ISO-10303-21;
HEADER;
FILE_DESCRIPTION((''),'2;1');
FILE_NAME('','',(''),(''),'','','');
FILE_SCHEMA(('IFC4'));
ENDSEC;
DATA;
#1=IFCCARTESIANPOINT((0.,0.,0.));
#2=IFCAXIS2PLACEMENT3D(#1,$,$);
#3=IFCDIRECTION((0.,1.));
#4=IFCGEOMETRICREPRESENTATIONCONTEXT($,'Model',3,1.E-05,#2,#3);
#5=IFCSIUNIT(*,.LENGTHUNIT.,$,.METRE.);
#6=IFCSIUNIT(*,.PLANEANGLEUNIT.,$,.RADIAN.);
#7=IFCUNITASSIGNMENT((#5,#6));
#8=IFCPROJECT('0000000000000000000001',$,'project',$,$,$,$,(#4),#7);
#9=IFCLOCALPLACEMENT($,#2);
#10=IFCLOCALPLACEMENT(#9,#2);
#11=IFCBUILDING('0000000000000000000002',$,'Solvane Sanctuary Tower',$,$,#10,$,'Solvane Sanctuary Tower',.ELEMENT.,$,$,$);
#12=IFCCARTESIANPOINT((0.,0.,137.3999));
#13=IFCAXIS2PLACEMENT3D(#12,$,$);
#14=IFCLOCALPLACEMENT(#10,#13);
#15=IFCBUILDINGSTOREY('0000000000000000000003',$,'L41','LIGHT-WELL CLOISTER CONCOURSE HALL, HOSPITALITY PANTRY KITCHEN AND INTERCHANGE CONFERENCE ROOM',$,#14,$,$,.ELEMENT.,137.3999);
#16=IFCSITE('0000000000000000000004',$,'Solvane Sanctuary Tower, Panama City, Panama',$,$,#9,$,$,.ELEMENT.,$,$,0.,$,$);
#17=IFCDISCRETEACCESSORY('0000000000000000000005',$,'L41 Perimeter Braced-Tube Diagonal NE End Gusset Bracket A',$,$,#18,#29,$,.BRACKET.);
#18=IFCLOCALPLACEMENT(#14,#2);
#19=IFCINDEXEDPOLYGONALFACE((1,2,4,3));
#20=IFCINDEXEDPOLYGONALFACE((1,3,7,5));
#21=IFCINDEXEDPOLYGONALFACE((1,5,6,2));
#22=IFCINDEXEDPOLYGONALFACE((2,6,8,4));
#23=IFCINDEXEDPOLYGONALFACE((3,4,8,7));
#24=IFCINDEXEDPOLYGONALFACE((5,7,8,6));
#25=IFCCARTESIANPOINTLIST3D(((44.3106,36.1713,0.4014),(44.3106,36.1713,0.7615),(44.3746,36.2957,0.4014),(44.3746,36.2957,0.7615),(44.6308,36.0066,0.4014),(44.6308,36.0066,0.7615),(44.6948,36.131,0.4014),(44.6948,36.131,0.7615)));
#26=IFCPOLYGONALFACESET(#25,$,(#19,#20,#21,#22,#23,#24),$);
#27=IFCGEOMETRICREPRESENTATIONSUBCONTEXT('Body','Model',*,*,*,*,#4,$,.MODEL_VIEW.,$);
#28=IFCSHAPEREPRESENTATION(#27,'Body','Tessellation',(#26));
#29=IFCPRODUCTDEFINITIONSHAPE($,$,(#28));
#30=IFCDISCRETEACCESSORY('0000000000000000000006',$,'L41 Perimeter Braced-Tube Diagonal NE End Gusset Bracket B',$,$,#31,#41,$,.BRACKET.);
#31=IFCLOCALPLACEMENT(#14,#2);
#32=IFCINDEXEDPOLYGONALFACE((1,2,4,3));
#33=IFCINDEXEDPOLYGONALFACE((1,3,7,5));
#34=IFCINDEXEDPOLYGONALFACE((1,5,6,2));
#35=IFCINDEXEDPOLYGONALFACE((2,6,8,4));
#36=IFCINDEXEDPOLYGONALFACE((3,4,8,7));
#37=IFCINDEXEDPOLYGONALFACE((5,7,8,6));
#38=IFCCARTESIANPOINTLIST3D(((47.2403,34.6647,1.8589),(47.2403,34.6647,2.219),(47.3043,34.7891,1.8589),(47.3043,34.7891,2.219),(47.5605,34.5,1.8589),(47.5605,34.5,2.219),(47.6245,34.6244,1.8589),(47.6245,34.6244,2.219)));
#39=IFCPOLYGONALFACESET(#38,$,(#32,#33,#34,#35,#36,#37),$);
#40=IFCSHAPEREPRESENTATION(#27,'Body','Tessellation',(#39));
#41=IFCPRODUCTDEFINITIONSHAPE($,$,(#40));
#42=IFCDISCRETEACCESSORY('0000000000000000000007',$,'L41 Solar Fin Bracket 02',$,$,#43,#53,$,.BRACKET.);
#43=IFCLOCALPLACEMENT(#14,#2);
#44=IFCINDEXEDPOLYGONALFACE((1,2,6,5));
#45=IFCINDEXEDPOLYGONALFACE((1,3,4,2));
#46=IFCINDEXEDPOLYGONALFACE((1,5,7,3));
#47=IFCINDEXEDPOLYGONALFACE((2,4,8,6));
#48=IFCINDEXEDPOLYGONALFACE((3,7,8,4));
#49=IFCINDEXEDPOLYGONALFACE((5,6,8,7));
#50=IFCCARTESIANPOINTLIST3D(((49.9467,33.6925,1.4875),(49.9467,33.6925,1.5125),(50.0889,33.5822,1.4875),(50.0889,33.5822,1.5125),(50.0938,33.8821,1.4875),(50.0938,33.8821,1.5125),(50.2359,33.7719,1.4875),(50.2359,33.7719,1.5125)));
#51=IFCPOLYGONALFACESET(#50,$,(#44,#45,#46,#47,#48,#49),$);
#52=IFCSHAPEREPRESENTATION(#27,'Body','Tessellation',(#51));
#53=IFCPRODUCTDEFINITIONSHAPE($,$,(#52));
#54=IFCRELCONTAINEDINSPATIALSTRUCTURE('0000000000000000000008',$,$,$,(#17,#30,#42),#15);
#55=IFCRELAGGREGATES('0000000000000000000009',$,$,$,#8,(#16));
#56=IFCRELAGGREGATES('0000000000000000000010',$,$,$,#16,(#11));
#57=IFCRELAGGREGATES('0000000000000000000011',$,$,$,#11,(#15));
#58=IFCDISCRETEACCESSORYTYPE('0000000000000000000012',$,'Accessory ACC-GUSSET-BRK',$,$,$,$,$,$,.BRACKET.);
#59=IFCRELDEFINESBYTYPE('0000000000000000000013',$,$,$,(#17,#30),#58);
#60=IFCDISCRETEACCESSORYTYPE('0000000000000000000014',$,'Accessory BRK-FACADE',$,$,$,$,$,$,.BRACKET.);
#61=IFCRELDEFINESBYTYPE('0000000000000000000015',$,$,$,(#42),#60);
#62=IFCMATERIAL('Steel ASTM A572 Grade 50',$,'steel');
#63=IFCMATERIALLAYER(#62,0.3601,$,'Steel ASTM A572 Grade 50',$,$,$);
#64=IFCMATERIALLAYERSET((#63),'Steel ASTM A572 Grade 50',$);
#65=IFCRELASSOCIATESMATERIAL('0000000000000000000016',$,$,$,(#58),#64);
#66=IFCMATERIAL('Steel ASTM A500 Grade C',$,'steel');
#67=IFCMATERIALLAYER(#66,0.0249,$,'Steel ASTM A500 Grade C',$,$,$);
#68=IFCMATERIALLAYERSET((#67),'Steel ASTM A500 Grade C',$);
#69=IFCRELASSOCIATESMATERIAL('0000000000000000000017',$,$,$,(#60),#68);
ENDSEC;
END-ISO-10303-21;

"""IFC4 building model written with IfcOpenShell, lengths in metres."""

from ifc_helpers import new_model, si_unit, direction, frame, origin, origin_2d, place, context, subcontext, project, spatial, rectangle, extrude, material, layer, layer_set, type_object, element, save


model = new_model("IFC4")

# Units and contexts
model_context = context("Model", 3, precision=1e-05, world=origin(), true_north=direction((0.0, 1.0)))
body_context = subcontext(model_context, "Body", "Model", "MODEL_VIEW")
ifc_project = project(units=[si_unit("LENGTHUNIT", "METRE"), si_unit("PLANEANGLEUNIT", "RADIAN")], contexts=[model_context])

# Site, building, storey
site_placement = place(None, origin())
site = spatial("IfcSite", under=ifc_project, at=site_placement, Name="Solvane Sanctuary Tower, Panama City, Panama", CompositionType="ELEMENT", RefElevation=0.0)
building_placement = place(site_placement, origin())
building = spatial("IfcBuilding", under=site, at=building_placement, Name="Solvane Sanctuary Tower", LongName="Solvane Sanctuary Tower", CompositionType="ELEMENT")
storey_placement = place(building_placement, frame((0.0, 0.0, 137.3999)))
storey = spatial("IfcBuildingStorey", under=building, at=storey_placement, Name="L41", Description="LIGHT-WELL CLOISTER CONCOURSE HALL, HOSPITALITY PANTRY KITCHEN AND INTERCHANGE CONFERENCE ROOM", CompositionType="ELEMENT", Elevation=137.3999)

# Discrete accessories
ifc_material_1 = material(Name="Steel ASTM A572 Grade 50", Category="steel")
ifc_layer_1 = layer(ifc_material_1, 0.3601, Name="Steel ASTM A572 Grade 50")
ifc_layer_set_1 = layer_set([ifc_layer_1], Name="Steel ASTM A572 Grade 50")
discrete_accessory_type_1 = type_object("IfcDiscreteAccessoryType", Name="Accessory ACC-GUSSET-BRK", PredefinedType="BRACKET", material=ifc_layer_set_1)
for number, where, z_axis, x_axis, name in (
    (1, (44.5027, 36.1511, 0.4014), (0.0, 0.0, 1.0), (0.889257, -0.457408, 0.0), "L41 Perimeter Braced-Tube Diagonal NE End Gusset Bracket A"),
    (2, (47.4324, 34.6445, 1.8589), (0.0, 0.0, 1.0), (0.889257, -0.457408, 0.0), "L41 Perimeter Braced-Tube Diagonal NE End Gusset Bracket B"),
):
    element("IfcDiscreteAccessory", number, at=place(storey_placement, frame(where, z_axis=z_axis, x_axis=x_axis)), inside=storey, type_object=discrete_accessory_type_1, Name=name, PredefinedType="BRACKET", context=body_context, shape_type="SweptSolid", body=[
        extrude(rectangle(XDim=0.3601, YDim=0.1399, at=origin_2d()), origin(), (0.0, 0.0, 1.0), 0.3601),
    ])
ifc_material_2 = material(Name="Steel ASTM A500 Grade C", Category="steel")
ifc_layer_2 = layer(ifc_material_2, 0.0249, Name="Steel ASTM A500 Grade C")
ifc_layer_set_2 = layer_set([ifc_layer_2], Name="Steel ASTM A500 Grade C")
discrete_accessory_type_2 = type_object("IfcDiscreteAccessoryType", Name="Accessory BRK-FACADE", PredefinedType="BRACKET", material=ifc_layer_set_2)
discrete_accessory_placement = place(storey_placement, frame((50.0913, 33.7322, 1.4875), z_axis=(0.0, 0.0, 1.0), x_axis=(-0.790166, 0.612893, 0.0)))
element("IfcDiscreteAccessory", 3, at=discrete_accessory_placement, inside=storey, type_object=discrete_accessory_type_2, Name="L41 Solar Fin Bracket 02", PredefinedType="BRACKET", context=body_context, shape_type="SweptSolid", body=[
    extrude(rectangle(XDim=0.1799, YDim=0.24, at=origin_2d()), origin(), (0.0, 0.0, 1.0), 0.0249),
])

save(model, "model.ifc")
